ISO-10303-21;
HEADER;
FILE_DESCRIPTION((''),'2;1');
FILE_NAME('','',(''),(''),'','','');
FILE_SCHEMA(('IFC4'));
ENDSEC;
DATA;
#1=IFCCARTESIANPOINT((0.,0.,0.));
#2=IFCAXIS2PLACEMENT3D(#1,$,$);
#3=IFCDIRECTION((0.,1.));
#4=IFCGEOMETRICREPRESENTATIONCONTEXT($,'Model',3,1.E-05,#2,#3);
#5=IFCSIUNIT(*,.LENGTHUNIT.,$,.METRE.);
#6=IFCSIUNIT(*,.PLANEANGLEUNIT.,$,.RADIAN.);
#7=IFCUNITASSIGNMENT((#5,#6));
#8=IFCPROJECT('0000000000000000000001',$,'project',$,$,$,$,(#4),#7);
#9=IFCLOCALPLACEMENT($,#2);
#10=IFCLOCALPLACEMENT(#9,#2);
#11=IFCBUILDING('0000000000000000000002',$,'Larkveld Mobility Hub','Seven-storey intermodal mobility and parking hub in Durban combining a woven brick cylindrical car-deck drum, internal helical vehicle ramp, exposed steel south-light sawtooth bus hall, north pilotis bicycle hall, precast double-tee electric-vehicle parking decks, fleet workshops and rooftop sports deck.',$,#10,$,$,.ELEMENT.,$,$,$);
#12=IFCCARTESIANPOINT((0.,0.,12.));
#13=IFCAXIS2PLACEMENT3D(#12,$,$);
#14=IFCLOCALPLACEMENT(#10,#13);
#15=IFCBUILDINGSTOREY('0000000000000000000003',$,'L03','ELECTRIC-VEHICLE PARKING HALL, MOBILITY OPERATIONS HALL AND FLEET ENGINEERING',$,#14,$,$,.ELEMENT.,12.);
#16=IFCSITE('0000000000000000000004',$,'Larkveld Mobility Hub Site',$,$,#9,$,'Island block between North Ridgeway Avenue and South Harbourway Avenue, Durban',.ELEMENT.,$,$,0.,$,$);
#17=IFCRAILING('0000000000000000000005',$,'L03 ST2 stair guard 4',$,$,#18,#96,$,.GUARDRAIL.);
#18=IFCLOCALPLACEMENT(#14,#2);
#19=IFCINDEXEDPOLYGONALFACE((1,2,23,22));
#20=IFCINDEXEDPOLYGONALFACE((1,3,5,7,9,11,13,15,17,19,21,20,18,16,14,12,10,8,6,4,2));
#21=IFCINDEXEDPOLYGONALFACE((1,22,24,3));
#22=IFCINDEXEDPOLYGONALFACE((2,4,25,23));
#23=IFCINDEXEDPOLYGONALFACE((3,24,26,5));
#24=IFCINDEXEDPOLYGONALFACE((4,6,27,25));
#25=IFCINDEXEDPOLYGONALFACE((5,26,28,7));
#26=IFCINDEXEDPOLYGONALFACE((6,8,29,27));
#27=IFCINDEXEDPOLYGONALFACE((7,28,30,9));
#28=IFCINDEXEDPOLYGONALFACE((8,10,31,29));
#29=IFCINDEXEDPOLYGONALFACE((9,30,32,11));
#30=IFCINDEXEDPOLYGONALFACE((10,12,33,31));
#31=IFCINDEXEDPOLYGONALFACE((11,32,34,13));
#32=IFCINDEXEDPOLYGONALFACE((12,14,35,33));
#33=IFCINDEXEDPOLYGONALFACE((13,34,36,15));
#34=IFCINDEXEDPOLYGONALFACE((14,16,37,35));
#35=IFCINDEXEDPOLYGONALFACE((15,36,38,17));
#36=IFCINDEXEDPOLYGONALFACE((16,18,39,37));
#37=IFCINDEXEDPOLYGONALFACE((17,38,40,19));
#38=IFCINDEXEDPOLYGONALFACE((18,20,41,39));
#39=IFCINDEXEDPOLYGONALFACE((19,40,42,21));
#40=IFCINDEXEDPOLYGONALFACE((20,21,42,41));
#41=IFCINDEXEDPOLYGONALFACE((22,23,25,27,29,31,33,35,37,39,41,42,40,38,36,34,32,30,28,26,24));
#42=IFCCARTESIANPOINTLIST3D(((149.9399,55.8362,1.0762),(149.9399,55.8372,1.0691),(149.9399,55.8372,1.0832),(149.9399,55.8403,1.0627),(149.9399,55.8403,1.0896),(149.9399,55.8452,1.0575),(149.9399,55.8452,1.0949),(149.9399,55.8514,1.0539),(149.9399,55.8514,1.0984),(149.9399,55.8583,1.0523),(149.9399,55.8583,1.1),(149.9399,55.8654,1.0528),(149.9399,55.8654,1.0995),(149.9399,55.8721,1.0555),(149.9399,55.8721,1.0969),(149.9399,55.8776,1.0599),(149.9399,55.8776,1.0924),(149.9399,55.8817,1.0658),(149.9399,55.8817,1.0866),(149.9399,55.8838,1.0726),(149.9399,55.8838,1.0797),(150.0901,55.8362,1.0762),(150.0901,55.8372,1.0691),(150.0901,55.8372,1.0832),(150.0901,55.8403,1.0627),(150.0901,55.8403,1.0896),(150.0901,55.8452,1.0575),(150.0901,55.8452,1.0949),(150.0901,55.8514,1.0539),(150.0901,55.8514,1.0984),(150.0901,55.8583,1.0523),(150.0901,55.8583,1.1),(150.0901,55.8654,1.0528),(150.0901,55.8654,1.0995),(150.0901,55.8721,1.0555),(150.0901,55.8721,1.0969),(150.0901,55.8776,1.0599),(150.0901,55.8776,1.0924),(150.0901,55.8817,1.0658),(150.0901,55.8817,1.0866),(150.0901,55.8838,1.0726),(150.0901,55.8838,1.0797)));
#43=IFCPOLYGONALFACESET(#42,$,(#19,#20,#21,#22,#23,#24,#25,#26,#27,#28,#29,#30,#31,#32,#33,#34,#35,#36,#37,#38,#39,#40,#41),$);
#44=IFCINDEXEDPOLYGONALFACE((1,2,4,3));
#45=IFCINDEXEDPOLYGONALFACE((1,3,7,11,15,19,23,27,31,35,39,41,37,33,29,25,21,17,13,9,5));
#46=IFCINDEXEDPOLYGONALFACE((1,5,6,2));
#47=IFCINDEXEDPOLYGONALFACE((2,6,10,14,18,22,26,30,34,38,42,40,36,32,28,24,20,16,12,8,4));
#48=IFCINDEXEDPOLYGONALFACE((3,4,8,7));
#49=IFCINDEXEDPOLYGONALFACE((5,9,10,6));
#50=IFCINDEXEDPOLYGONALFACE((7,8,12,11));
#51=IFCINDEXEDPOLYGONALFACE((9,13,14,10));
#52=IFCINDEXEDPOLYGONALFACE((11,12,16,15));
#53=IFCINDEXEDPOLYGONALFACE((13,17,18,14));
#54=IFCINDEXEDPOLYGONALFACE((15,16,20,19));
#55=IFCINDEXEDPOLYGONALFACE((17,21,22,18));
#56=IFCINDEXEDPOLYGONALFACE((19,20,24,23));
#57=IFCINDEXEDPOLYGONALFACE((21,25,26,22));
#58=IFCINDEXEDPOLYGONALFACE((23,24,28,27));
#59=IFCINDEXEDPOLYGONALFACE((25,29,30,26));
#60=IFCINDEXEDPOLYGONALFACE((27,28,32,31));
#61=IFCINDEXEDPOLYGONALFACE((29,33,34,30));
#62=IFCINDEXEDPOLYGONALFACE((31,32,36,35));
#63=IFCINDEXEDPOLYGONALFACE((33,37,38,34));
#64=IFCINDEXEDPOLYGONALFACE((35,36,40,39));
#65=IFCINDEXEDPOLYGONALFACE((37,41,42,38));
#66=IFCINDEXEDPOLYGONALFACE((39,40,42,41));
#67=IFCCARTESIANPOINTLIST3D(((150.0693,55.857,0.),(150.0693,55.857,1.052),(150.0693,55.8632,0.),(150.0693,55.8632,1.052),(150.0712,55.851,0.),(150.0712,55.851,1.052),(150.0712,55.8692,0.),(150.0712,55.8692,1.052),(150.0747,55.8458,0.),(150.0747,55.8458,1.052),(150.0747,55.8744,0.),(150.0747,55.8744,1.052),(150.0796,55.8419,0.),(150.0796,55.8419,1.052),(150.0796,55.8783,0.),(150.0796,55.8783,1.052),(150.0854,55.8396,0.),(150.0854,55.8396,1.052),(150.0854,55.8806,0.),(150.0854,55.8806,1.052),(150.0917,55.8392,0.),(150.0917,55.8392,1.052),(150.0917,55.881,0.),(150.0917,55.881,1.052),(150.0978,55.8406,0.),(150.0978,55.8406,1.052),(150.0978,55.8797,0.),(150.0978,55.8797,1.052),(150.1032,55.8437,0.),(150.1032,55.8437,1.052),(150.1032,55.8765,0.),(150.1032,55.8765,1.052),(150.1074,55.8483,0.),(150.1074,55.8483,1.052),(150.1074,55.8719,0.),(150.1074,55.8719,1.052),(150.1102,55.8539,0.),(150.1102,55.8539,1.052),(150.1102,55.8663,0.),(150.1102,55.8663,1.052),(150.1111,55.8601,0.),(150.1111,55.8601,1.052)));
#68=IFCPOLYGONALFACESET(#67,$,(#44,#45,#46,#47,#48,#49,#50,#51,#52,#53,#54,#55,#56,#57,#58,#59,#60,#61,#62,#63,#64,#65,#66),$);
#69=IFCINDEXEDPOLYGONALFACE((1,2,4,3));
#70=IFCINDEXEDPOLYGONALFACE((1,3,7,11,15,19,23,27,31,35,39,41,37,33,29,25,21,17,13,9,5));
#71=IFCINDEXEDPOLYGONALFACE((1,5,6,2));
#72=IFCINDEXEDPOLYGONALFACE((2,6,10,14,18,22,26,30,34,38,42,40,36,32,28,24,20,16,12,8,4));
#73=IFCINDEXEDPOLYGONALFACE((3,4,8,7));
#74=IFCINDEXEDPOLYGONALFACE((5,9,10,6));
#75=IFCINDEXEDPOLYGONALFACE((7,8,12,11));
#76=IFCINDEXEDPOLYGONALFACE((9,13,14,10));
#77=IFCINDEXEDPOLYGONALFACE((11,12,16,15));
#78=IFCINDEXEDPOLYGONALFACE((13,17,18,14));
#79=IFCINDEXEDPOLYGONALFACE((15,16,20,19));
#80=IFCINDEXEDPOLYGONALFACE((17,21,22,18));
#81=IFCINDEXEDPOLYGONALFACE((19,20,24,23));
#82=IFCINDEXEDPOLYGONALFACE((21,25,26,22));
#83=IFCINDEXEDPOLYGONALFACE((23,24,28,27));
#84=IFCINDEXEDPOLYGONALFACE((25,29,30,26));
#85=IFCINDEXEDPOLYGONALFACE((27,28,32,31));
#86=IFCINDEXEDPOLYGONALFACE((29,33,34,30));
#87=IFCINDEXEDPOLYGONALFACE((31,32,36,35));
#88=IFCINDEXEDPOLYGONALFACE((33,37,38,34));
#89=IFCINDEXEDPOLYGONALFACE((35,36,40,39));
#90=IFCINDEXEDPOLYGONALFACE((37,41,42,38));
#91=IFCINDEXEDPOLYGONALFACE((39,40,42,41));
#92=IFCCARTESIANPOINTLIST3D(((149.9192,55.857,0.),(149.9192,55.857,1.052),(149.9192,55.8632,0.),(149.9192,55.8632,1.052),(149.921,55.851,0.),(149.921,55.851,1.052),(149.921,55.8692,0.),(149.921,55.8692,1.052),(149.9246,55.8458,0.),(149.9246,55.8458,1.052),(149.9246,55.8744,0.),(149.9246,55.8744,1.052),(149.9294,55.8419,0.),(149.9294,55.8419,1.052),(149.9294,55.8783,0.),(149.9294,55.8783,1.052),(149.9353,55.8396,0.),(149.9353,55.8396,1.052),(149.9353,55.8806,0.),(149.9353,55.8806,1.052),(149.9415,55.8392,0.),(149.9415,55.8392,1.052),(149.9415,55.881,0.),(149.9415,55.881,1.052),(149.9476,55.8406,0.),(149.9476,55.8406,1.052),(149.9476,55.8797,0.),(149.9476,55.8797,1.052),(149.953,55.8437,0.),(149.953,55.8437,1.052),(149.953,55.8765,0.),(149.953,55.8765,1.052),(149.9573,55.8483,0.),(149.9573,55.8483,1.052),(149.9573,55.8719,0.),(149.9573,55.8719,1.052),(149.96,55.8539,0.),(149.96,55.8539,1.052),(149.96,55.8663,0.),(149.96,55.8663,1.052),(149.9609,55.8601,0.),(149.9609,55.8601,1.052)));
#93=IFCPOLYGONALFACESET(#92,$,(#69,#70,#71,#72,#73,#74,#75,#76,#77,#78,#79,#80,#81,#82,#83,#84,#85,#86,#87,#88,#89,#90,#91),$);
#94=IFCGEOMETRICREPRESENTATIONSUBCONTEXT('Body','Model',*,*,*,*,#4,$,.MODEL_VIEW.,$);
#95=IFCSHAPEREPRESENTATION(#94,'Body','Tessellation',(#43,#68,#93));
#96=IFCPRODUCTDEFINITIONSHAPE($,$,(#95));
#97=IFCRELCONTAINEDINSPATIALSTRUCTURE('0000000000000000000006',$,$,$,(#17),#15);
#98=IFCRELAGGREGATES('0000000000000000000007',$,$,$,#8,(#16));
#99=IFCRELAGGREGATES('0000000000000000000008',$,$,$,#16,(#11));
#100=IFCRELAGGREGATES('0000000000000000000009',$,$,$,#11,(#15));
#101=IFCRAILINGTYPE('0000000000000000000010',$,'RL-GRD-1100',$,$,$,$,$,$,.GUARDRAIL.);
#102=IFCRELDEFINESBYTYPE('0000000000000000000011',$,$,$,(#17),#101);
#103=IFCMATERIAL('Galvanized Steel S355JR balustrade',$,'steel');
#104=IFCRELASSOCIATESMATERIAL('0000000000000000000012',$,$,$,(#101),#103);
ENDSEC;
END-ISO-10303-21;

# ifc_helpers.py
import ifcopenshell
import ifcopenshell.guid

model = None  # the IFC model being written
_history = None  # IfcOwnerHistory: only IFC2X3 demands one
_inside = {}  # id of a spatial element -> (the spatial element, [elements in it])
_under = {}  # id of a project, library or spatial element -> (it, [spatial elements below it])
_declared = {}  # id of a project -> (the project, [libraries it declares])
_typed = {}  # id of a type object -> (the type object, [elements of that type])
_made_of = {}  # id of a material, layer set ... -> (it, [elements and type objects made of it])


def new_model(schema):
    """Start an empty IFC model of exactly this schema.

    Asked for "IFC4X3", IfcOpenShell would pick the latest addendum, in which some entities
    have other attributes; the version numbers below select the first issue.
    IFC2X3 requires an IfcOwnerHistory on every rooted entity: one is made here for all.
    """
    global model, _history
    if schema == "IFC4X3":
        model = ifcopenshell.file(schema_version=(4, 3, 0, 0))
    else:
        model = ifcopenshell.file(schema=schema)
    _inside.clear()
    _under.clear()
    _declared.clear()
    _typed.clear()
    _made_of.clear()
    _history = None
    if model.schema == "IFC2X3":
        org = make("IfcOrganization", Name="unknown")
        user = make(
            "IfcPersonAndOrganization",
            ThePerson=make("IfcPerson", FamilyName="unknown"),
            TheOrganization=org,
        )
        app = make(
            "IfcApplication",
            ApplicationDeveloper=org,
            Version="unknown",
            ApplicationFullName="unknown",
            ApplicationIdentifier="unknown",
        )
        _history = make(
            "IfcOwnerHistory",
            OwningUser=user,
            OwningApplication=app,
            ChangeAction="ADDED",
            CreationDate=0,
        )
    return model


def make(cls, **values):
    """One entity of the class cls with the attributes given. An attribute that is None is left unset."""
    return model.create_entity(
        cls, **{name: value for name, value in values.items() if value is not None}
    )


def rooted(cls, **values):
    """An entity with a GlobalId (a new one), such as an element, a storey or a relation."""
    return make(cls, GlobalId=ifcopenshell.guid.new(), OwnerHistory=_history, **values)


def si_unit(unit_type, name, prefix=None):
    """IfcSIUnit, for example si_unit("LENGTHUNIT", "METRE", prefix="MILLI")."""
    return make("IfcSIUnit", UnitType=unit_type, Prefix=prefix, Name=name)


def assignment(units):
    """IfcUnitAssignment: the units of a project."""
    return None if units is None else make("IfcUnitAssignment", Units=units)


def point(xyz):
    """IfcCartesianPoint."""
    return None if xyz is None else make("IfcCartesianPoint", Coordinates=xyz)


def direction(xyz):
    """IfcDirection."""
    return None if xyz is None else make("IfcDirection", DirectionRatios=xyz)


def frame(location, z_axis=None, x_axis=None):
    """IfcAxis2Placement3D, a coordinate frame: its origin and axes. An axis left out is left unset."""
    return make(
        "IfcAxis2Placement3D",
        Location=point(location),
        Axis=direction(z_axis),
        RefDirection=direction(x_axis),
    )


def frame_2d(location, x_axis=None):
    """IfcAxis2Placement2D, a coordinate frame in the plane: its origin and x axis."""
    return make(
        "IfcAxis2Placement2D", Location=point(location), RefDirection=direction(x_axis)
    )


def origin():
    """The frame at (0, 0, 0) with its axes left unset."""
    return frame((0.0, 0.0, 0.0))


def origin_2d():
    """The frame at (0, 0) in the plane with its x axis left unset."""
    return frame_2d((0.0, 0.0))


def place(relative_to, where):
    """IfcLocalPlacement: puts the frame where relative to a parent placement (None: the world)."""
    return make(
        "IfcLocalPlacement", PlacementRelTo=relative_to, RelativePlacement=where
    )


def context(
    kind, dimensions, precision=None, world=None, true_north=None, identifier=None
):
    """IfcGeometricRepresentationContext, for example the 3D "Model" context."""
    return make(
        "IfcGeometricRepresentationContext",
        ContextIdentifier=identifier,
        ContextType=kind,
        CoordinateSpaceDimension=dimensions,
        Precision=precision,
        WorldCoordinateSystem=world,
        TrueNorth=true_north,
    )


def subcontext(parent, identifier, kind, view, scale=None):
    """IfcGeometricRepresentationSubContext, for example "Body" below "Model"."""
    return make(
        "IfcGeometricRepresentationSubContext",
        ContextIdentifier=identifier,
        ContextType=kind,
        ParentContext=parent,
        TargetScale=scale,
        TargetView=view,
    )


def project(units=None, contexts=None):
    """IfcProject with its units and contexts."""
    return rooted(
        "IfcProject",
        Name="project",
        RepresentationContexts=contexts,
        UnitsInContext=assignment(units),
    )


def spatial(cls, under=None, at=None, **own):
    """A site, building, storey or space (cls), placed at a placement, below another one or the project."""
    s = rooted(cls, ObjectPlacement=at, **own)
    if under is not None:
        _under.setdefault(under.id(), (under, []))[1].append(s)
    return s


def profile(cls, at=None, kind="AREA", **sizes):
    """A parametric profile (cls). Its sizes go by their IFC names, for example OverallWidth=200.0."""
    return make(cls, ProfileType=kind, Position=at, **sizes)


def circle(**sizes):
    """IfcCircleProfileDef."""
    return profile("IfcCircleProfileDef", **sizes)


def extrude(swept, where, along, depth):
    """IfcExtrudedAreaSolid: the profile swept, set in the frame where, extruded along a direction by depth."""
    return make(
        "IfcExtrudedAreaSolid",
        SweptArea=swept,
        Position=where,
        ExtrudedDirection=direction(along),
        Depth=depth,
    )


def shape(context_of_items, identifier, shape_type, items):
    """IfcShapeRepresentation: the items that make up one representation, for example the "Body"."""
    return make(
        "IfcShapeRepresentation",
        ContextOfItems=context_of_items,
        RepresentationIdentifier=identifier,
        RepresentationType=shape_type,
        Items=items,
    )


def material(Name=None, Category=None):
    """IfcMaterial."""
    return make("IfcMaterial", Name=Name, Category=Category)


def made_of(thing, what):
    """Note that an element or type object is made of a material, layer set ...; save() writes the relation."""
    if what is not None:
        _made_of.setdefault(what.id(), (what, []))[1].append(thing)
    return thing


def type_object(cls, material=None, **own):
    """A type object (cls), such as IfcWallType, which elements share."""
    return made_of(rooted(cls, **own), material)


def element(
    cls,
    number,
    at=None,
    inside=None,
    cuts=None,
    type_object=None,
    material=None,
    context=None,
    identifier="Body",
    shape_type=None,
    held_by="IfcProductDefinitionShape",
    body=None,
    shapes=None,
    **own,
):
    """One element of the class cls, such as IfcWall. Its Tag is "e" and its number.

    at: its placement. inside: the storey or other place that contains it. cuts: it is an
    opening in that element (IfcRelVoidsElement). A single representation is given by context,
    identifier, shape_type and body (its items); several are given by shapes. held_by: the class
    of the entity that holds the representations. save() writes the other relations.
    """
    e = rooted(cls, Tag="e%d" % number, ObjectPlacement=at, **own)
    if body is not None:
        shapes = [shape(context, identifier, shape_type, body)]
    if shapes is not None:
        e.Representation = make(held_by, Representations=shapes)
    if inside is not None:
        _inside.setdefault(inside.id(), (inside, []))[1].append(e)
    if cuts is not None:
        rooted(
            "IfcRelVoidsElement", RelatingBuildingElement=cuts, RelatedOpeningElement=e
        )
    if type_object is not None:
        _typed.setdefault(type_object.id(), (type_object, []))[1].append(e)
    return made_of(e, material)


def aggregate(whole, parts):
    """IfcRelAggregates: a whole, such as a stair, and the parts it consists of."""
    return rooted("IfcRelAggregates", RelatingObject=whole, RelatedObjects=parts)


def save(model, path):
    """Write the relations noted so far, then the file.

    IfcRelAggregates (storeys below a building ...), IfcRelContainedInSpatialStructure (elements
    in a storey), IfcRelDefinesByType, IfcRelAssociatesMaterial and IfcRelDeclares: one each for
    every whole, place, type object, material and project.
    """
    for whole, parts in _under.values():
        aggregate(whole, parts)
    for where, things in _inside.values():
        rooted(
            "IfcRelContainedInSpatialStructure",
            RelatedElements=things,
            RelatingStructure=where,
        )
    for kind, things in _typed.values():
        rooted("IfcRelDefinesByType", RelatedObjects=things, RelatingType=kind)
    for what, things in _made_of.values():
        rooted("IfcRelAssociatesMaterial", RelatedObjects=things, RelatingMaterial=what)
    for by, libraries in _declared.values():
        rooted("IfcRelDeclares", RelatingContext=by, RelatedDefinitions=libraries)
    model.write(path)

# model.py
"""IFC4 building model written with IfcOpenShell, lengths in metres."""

from ifc_helpers import new_model, si_unit, direction, frame, origin, origin_2d, place, context, subcontext, project, spatial, circle, extrude, material, type_object, element, save


model = new_model("IFC4")

# Units and contexts
model_context = context("Model", 3, precision=1e-05, world=origin(), true_north=direction((0.0, 1.0)))
body_context = subcontext(model_context, "Body", "Model", "MODEL_VIEW")
ifc_project = project(units=[si_unit("LENGTHUNIT", "METRE"), si_unit("PLANEANGLEUNIT", "RADIAN")], contexts=[model_context])

# Site, building, storey
site_placement = place(None, origin())
site = spatial("IfcSite", under=ifc_project, at=site_placement, Name="Larkveld Mobility Hub Site", LongName="Island block between North Ridgeway Avenue and South Harbourway Avenue, Durban", CompositionType="ELEMENT", RefElevation=0.0)
building_placement = place(site_placement, origin())
building = spatial("IfcBuilding", under=site, at=building_placement, Name="Larkveld Mobility Hub", Description="Seven-storey intermodal mobility and parking hub in Durban combining a woven brick cylindrical car-deck drum, internal helical vehicle ramp, exposed steel south-light sawtooth bus hall, north pilotis bicycle hall, precast double-tee electric-vehicle parking decks, fleet workshops and rooftop sports deck.", CompositionType="ELEMENT")
storey_placement = place(building_placement, frame((0.0, 0.0, 12.0)))
storey = spatial("IfcBuildingStorey", under=building, at=storey_placement, Name="L03", Description="ELECTRIC-VEHICLE PARKING HALL, MOBILITY OPERATIONS HALL AND FLEET ENGINEERING", CompositionType="ELEMENT", Elevation=12.0)

# Railing
ifc_material_1 = material(Name="Galvanized Steel S355JR balustrade", Category="steel")
railing_type_1 = type_object("IfcRailingType", Name="RL-GRD-1100", PredefinedType="GUARDRAIL", material=ifc_material_1)
railing_1_placement = place(storey_placement, frame((150.0901, 55.8601, 0.0)))
element("IfcRailing", 1, at=railing_1_placement, inside=storey, type_object=railing_type_1, Name="L03 ST2 stair guard 4", PredefinedType="GUARDRAIL", context=body_context, shape_type="SweptSolid", body=[
    extrude(circle(Radius=0.0239, at=origin_2d()), frame((0.0, 0.0, 1.0762), z_axis=(-1.0, 0.0, 0.0), x_axis=(0.0, -1.0, 0.0)), (0.0, 0.0, 1.0), 0.1501),
    extrude(circle(Radius=0.021, at=origin_2d()), origin(), (0.0, 0.0, 1.0), 1.052),
    extrude(circle(Radius=0.021, at=origin_2d()), frame((-0.1501, 0.0, 0.0)), (0.0, 0.0, 1.0), 1.052),
])

save(model, "model.ifc")
